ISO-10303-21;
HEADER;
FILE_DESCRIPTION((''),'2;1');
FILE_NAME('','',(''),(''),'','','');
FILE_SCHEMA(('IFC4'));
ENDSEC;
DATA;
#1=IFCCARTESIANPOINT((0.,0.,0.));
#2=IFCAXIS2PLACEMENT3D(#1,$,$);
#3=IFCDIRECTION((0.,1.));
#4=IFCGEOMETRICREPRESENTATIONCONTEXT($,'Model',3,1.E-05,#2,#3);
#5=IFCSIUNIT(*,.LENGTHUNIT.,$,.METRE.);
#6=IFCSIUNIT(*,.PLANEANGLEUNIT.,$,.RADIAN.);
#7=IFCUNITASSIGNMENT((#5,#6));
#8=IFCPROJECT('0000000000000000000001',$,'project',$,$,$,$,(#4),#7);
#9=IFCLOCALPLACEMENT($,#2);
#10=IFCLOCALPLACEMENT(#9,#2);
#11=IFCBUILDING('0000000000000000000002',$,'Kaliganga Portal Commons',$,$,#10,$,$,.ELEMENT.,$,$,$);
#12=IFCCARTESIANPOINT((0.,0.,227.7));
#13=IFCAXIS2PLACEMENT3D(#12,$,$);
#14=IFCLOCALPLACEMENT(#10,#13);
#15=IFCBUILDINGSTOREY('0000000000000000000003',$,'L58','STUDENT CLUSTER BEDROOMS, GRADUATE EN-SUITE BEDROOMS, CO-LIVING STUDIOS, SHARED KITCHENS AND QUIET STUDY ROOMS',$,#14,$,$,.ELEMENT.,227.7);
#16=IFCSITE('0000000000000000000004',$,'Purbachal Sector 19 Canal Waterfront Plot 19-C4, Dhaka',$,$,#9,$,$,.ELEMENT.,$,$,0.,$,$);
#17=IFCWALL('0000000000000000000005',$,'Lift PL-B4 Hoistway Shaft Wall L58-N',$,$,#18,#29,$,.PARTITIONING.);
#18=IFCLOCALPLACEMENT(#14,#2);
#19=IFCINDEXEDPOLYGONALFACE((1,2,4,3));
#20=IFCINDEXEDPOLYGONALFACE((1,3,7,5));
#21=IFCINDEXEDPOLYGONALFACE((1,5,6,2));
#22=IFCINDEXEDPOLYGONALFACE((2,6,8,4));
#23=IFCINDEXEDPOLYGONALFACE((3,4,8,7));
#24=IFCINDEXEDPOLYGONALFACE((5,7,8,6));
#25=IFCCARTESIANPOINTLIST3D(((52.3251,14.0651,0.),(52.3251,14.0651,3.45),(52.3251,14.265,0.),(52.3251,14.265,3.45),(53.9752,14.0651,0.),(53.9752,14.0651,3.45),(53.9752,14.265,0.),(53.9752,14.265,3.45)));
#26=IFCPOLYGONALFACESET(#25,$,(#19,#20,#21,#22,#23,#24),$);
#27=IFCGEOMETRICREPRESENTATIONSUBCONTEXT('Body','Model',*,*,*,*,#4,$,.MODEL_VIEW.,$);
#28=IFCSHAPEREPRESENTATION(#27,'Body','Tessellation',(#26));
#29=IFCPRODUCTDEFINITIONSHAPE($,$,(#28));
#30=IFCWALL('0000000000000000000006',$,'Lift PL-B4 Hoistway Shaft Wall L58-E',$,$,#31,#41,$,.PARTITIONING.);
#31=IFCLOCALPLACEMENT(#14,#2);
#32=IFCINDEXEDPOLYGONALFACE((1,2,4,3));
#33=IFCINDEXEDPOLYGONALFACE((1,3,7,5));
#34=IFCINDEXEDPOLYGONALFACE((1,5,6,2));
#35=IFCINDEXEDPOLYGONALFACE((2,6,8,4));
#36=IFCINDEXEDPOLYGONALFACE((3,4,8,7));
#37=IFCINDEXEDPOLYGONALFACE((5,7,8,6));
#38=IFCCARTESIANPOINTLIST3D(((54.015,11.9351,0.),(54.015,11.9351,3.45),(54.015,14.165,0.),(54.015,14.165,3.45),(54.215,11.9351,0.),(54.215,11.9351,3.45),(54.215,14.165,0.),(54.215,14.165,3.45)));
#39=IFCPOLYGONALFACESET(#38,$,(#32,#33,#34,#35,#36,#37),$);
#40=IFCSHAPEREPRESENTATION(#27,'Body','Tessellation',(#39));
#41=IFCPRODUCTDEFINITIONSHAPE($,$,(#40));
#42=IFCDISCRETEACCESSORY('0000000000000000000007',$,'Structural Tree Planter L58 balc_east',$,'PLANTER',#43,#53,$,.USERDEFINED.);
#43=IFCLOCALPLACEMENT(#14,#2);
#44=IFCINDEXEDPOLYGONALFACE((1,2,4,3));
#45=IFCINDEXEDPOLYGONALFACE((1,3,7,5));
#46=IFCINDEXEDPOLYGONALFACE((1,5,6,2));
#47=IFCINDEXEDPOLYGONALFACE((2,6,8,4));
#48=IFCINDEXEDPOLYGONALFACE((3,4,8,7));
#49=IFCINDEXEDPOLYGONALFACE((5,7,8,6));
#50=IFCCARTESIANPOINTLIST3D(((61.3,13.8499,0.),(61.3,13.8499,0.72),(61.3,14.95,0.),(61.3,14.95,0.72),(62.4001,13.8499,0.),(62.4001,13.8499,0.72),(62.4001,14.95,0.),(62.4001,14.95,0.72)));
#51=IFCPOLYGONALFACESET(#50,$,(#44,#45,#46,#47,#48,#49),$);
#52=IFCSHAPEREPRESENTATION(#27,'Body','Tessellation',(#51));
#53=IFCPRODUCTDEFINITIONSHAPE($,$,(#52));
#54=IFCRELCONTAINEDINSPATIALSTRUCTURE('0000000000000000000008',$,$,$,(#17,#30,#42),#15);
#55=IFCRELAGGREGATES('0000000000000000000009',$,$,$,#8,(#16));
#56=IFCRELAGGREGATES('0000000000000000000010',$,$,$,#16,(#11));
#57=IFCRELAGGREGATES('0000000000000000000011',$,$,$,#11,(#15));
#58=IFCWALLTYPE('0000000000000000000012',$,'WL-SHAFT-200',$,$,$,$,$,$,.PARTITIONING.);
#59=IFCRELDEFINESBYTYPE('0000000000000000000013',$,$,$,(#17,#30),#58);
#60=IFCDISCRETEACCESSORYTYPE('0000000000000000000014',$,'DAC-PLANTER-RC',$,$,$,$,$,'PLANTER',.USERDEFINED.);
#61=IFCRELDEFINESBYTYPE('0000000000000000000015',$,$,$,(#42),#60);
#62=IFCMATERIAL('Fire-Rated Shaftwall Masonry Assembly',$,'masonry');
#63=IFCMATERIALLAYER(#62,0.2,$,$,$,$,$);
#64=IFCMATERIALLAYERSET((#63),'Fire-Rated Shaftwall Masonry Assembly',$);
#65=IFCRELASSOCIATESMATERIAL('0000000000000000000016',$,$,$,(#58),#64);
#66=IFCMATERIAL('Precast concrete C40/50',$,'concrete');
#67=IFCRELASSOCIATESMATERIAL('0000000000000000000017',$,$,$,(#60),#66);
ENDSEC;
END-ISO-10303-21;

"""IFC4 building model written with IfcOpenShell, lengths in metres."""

from ifc_helpers import new_model, si_unit, direction, frame, frame_2d, origin, origin_2d, place, context, subcontext, project, spatial, rectangle, extrude, source, transform, mapped, material, layer, layer_set, type_object, element, save


model = new_model("IFC4")

# Units and contexts
model_context = context("Model", 3, precision=1e-05, world=origin(), true_north=direction((0.0, 1.0)))
body_context = subcontext(model_context, "Body", "Model", "MODEL_VIEW")
ifc_project = project(units=[si_unit("LENGTHUNIT", "METRE"), si_unit("PLANEANGLEUNIT", "RADIAN")], contexts=[model_context])

# Site, building, storey
site_placement = place(None, origin())
site = spatial("IfcSite", under=ifc_project, at=site_placement, Name="Purbachal Sector 19 Canal Waterfront Plot 19-C4, Dhaka", CompositionType="ELEMENT", RefElevation=0.0)
building_placement = place(site_placement, origin())
building = spatial("IfcBuilding", under=site, at=building_placement, Name="Kaliganga Portal Commons", CompositionType="ELEMENT")
storey_placement = place(building_placement, frame((0.0, 0.0, 227.7)))
storey = spatial("IfcBuildingStorey", under=building, at=storey_placement, Name="L58", Description="STUDENT CLUSTER BEDROOMS, GRADUATE EN-SUITE BEDROOMS, CO-LIVING STUDIOS, SHARED KITCHENS AND QUIET STUDY ROOMS", CompositionType="ELEMENT", Elevation=227.7)

# Shared definitions
ifc_material_1 = material(Name="Fire-Rated Shaftwall Masonry Assembly", Category="masonry")
ifc_layer_1 = layer(ifc_material_1, 0.2)
ifc_layer_set_1 = layer_set([ifc_layer_1], Name="Fire-Rated Shaftwall Masonry Assembly")
wall_type_1 = type_object("IfcWallType", Name="WL-SHAFT-200", PredefinedType="PARTITIONING", material=ifc_layer_set_1)

# Walls
wall_1_placement = place(storey_placement, frame((52.325, 14.165, 0.0), z_axis=(0.0, 0.0, 1.0), x_axis=(1.0, 0.0, 0.0)))
element("IfcWall", 1, at=wall_1_placement, inside=storey, type_object=wall_type_1, Name="Lift PL-B4 Hoistway Shaft Wall L58-N", PredefinedType="PARTITIONING", context=body_context, shape_type="SweptSolid", body=[
    extrude(rectangle(XDim=1.6501, YDim=0.2, at=frame_2d((0.8252, 0.0))), origin(), (0.0, 0.0, 1.0), 3.45),
])
wall_2_placement = place(storey_placement, frame((54.115, 11.9351, 0.0), z_axis=(0.0, 0.0, 1.0), x_axis=(0.0, 1.0, 0.0)))
element("IfcWall", 2, at=wall_2_placement, inside=storey, type_object=wall_type_1, Name="Lift PL-B4 Hoistway Shaft Wall L58-E", PredefinedType="PARTITIONING", context=body_context, shape_type="SweptSolid", body=[
    extrude(rectangle(XDim=2.23, YDim=0.2, at=frame_2d((1.115, 0.0))), origin(), (0.0, 0.0, 1.0), 3.45),
])

# Discrete accessory
ifc_material_2 = material(Name="Precast concrete C40/50", Category="concrete")
discrete_accessory_type = type_object("IfcDiscreteAccessoryType", Name="DAC-PLANTER-RC", ElementType="PLANTER", PredefinedType="USERDEFINED", material=ifc_material_2)
shared_shape_1 = source(origin(), body_context, "Body", "SweptSolid", [
    extrude(rectangle(XDim=1.1001, YDim=1.1001, at=origin_2d()), origin(), (0.0, 0.0, 1.0), 0.72),
])
discrete_accessory_placement = place(storey_placement, frame((61.8501, 14.3999, 0.0), z_axis=(0.0, 0.0, 1.0), x_axis=(1.0, 0.0, 0.0)))
element("IfcDiscreteAccessory", 3, at=discrete_accessory_placement, inside=storey, type_object=discrete_accessory_type, Name="Structural Tree Planter L58 balc_east", ObjectType="PLANTER", PredefinedType="USERDEFINED", context=body_context, shape_type="MappedRepresentation", body=[
    mapped(shared_shape_1, transform((0.0, 0.0, 0.0), x_axis=(1.0, 0.0, 0.0), y_axis=(0.0, 1.0, 0.0), z_axis=(0.0, 0.0, 1.0), scale=1.0)),
])

save(model, "model.ifc")
